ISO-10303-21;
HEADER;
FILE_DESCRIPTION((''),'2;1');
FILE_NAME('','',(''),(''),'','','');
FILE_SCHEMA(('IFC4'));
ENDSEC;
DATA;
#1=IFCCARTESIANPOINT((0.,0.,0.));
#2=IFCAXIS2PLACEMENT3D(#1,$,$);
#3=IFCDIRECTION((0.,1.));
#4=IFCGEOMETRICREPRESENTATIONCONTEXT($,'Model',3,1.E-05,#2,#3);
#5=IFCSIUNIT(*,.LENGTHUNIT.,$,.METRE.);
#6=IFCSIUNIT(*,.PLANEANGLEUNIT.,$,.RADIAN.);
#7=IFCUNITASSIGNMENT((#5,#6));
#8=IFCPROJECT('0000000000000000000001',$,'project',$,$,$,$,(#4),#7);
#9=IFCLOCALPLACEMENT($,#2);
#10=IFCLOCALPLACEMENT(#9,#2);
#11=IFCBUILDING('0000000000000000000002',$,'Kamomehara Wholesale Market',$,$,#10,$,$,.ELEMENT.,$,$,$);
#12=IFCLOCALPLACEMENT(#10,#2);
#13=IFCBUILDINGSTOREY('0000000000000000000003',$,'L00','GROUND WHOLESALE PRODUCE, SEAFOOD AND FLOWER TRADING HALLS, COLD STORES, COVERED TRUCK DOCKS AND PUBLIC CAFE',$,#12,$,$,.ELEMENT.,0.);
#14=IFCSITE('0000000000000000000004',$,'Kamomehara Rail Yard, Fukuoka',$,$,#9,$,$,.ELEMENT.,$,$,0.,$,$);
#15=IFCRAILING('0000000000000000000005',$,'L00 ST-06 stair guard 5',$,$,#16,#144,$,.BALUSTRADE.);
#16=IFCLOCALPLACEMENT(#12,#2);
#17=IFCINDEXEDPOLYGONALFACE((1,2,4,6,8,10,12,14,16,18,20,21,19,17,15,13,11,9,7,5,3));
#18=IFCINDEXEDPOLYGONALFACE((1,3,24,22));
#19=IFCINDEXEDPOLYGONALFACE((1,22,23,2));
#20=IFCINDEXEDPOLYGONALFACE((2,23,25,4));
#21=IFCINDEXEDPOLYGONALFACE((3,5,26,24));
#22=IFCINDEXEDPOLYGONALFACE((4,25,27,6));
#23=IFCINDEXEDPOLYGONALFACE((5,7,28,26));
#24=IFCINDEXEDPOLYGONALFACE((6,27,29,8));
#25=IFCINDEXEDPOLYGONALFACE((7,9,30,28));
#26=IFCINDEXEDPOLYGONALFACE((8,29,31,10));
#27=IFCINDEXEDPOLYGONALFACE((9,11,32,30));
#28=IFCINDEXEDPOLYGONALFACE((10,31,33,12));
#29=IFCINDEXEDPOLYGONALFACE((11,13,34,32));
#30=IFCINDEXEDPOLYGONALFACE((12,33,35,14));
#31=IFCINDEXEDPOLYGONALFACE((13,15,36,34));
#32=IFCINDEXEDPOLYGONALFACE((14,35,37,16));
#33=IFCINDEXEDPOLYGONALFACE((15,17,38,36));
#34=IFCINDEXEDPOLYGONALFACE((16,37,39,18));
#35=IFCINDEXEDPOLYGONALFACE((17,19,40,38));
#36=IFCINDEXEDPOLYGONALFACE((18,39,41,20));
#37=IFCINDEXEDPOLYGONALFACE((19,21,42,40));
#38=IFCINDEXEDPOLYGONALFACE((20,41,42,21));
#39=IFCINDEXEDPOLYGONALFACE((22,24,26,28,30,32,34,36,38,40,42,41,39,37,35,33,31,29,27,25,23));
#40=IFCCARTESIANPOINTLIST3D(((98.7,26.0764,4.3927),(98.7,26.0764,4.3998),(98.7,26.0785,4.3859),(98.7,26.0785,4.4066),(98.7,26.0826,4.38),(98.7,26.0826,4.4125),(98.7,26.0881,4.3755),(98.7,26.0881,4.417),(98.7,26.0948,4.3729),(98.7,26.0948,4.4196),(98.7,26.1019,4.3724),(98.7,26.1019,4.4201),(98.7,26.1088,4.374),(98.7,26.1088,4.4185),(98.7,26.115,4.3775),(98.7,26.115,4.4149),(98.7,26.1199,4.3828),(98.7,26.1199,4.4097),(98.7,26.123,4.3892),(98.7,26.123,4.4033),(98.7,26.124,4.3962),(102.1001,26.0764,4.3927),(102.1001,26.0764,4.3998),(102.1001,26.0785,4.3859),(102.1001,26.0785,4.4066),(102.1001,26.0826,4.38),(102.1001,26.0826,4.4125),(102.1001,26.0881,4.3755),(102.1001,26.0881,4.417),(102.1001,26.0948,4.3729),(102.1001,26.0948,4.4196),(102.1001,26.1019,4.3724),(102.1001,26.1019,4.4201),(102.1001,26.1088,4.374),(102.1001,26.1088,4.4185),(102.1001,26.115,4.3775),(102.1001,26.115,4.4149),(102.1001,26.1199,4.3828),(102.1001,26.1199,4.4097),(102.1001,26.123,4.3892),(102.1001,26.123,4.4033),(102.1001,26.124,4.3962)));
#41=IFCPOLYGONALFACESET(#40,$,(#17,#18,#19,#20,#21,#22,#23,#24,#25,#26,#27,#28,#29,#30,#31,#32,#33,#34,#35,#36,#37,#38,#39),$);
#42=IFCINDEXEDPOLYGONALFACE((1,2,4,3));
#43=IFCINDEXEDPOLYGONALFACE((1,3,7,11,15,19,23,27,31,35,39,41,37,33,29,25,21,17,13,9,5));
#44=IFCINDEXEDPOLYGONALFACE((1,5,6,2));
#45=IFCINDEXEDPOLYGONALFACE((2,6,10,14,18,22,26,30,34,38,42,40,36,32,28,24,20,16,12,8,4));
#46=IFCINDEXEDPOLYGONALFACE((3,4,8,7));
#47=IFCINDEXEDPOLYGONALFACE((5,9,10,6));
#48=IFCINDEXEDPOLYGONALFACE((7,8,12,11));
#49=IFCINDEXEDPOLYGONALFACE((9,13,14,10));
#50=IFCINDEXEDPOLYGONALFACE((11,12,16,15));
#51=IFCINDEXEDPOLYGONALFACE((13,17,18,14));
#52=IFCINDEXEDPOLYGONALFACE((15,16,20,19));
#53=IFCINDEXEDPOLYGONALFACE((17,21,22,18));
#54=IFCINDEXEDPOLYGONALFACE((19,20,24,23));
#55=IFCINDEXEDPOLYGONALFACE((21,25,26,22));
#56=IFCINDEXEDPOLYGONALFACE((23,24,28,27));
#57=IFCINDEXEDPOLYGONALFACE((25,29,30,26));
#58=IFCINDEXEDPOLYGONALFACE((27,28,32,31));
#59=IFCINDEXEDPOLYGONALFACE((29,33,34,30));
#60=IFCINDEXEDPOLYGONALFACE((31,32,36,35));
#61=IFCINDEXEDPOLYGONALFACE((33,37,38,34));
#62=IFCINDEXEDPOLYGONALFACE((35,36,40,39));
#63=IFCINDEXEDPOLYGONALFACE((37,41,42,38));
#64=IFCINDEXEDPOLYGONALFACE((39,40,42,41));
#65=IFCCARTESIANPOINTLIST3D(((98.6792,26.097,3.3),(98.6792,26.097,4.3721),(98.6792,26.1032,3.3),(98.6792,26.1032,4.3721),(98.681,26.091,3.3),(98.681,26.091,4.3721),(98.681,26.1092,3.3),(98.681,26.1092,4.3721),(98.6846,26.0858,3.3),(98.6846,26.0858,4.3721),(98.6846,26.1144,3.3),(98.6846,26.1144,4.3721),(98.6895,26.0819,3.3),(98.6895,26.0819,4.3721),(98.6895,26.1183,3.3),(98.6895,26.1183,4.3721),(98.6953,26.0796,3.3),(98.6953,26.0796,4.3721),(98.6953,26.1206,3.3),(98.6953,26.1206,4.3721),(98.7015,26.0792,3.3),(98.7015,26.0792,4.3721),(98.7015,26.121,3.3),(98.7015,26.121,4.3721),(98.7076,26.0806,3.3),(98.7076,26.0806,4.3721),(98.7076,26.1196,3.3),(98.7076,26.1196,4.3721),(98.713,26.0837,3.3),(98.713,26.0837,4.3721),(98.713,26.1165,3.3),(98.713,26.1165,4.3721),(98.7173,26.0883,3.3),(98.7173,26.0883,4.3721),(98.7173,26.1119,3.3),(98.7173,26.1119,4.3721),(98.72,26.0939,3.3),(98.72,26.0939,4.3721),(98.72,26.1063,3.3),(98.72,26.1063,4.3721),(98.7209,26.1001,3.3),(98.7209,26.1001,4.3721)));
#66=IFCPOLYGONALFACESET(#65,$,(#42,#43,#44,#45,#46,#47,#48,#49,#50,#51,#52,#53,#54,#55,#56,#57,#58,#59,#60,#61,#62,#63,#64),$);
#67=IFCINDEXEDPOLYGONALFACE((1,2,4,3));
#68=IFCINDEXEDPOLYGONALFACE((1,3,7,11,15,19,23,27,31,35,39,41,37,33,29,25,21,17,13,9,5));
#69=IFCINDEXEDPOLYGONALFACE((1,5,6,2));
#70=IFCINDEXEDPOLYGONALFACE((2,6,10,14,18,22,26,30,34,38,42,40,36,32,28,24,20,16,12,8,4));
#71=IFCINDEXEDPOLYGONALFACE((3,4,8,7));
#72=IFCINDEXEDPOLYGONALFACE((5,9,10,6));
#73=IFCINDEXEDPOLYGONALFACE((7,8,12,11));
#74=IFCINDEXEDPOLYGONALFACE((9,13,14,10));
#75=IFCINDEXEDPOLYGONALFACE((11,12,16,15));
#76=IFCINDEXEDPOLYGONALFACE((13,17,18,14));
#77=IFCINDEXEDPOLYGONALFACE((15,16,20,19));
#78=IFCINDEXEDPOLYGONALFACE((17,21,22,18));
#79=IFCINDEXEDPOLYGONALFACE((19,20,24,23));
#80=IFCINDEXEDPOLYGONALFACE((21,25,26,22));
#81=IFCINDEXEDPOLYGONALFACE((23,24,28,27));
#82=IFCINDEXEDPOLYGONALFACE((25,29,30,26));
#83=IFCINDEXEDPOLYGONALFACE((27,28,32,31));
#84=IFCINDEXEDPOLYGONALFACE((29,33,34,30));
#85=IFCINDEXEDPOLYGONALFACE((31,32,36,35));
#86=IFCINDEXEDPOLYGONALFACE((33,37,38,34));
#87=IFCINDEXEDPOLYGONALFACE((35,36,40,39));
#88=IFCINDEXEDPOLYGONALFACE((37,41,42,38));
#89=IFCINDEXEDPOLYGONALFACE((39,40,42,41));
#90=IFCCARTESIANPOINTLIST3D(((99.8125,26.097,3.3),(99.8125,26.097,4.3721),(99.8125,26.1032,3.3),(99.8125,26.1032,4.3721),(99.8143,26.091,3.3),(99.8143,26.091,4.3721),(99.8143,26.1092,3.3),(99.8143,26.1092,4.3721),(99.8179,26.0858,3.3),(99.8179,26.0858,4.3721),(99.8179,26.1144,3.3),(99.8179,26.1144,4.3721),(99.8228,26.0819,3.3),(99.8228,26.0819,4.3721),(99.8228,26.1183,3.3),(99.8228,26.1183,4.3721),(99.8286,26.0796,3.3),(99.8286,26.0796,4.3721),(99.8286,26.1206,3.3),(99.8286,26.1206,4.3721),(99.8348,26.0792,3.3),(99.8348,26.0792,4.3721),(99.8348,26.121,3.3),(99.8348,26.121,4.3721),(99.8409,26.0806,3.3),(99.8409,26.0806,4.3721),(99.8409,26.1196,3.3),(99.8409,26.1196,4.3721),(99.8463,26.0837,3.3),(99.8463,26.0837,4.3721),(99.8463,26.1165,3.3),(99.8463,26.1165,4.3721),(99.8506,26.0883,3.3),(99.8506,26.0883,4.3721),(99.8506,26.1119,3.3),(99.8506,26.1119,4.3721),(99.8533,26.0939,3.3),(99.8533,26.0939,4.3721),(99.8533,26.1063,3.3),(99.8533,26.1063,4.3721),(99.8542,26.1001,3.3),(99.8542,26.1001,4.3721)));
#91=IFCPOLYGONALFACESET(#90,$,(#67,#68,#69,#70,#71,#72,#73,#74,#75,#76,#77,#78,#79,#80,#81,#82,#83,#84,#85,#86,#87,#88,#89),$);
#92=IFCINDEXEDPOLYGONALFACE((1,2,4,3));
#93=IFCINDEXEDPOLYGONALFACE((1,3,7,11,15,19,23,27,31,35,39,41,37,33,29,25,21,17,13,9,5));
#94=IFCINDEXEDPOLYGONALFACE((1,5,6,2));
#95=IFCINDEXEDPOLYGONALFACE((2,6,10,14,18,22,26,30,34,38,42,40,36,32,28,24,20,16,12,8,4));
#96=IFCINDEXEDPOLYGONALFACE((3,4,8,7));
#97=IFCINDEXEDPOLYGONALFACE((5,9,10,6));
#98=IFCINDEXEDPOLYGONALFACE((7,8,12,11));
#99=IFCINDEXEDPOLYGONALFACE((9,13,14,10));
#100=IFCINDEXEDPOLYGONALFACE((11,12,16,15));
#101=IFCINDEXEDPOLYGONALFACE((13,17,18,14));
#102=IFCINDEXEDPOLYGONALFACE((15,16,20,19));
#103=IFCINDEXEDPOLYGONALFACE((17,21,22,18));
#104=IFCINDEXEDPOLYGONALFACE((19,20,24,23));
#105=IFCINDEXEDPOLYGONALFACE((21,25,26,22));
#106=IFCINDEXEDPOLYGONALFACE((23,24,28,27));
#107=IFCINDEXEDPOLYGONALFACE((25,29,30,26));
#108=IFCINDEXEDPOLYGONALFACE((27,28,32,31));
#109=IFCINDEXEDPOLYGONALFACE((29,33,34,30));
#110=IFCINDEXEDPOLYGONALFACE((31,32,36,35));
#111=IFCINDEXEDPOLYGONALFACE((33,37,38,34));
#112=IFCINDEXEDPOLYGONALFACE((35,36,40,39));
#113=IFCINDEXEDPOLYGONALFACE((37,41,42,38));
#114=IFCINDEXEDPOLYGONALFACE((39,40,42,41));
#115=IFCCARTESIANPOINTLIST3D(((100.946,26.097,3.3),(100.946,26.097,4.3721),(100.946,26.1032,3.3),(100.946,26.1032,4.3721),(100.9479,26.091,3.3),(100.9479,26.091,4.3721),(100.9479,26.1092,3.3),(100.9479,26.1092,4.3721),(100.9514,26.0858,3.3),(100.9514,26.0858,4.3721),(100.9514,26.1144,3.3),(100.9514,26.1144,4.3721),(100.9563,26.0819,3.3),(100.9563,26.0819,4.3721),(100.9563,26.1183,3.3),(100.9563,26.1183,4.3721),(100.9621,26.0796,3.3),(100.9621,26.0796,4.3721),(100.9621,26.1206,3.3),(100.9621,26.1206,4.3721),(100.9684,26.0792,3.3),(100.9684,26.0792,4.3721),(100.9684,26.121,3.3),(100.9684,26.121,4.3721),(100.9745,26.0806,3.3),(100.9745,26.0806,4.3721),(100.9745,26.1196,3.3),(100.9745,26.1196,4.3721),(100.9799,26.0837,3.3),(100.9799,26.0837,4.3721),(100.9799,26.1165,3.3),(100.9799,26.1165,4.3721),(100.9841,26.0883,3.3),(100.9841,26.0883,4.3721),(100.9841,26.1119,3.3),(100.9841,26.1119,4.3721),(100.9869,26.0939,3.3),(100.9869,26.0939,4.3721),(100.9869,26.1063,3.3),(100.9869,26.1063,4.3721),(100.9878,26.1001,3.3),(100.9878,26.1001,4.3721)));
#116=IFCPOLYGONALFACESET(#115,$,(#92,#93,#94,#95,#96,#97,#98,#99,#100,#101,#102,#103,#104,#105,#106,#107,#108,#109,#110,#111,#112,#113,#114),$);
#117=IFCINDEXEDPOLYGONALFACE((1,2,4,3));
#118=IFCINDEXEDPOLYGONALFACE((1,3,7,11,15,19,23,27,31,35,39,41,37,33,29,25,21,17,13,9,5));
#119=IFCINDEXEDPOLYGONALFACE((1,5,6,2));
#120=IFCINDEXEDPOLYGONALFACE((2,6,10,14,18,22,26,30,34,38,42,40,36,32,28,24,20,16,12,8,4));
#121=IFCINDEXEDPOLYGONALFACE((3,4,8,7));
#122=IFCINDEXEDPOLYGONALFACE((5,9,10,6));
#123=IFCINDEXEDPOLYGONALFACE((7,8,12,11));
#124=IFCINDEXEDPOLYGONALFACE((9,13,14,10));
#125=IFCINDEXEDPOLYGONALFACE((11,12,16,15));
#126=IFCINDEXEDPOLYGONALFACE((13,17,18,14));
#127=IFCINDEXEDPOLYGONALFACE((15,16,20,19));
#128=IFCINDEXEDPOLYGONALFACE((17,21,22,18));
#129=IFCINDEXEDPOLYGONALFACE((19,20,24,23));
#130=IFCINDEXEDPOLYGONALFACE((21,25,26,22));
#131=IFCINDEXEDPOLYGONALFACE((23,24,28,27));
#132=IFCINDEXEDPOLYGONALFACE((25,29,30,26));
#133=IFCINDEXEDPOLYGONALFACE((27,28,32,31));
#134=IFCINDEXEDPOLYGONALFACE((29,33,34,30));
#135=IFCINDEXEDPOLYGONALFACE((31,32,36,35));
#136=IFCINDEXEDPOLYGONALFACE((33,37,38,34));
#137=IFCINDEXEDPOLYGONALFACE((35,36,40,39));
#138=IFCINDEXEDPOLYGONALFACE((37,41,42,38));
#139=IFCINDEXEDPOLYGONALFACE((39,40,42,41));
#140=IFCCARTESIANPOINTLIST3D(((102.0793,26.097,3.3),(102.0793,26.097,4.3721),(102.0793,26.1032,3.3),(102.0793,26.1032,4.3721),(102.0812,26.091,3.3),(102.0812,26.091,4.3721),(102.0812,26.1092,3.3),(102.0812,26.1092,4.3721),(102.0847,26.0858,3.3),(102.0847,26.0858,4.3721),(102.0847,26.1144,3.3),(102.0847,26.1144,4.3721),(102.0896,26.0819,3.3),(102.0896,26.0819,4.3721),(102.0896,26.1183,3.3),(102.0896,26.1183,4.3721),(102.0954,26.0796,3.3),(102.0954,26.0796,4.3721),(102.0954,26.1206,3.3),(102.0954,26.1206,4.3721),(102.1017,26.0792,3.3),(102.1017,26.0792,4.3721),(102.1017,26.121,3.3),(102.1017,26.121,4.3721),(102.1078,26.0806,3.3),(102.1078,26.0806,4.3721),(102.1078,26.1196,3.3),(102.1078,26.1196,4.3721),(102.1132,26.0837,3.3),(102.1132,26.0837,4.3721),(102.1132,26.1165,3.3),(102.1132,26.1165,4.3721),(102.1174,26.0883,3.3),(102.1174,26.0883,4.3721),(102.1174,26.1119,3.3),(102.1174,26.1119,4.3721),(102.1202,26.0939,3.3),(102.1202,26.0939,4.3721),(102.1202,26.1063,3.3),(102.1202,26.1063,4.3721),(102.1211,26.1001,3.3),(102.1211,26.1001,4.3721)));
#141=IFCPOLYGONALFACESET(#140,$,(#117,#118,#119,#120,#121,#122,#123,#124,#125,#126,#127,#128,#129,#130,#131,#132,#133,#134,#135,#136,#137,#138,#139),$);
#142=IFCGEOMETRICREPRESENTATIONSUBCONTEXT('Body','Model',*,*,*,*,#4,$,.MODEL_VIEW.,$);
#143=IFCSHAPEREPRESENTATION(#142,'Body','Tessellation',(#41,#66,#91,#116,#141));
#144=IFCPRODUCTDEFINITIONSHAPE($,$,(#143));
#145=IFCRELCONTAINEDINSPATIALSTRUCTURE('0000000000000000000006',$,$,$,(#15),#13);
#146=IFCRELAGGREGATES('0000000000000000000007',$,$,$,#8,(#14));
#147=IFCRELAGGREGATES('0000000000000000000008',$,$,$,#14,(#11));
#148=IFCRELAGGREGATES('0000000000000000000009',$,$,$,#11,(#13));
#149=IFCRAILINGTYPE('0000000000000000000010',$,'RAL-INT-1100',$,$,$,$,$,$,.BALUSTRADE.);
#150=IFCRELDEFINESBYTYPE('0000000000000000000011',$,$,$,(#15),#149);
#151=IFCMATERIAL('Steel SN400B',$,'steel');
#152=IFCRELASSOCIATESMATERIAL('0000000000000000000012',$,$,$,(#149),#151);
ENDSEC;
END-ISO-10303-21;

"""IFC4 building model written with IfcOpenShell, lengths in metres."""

from ifc_helpers import new_model, si_unit, direction, frame, origin, origin_2d, place, context, subcontext, project, spatial, circle, extrude, material, type_object, element, save


model = new_model("IFC4")

# Units and contexts
model_context = context("Model", 3, precision=1e-05, world=origin(), true_north=direction((0.0, 1.0)))
body_context = subcontext(model_context, "Body", "Model", "MODEL_VIEW")
ifc_project = project(units=[si_unit("LENGTHUNIT", "METRE"), si_unit("PLANEANGLEUNIT", "RADIAN")], contexts=[model_context])

# Site, building, storey
site_placement = place(None, origin())
site = spatial("IfcSite", under=ifc_project, at=site_placement, Name="Kamomehara Rail Yard, Fukuoka", CompositionType="ELEMENT", RefElevation=0.0)
building_placement = place(site_placement, origin())
building = spatial("IfcBuilding", under=site, at=building_placement, Name="Kamomehara Wholesale Market", CompositionType="ELEMENT")
storey_placement = place(building_placement, origin())
storey = spatial("IfcBuildingStorey", under=building, at=storey_placement, Name="L00", Description="GROUND WHOLESALE PRODUCE, SEAFOOD AND FLOWER TRADING HALLS, COLD STORES, COVERED TRUCK DOCKS AND PUBLIC CAFE", CompositionType="ELEMENT", Elevation=0.0)

# Railing
ifc_material_1 = material(Name="Steel SN400B", Category="steel")
railing_type_1 = type_object("IfcRailingType", Name="RAL-INT-1100", PredefinedType="BALUSTRADE", material=ifc_material_1)
railing_1_placement = place(storey_placement, frame((98.7, 26.1001, 3.3)))
element("IfcRailing", 1, at=railing_1_placement, inside=storey, type_object=railing_type_1, Name="L00 ST-06 stair guard 5", PredefinedType="BALUSTRADE", context=body_context, shape_type="SweptSolid", body=[
    extrude(circle(Radius=0.0239, at=origin_2d()), frame((0.0, 0.0, 1.0962), z_axis=(1.0, 0.0, 0.0), x_axis=(0.0, 1.0, 0.0)), (0.0, 0.0, 1.0), 3.4001),
    extrude(circle(Radius=0.021, at=origin_2d()), origin(), (0.0, 0.0, 1.0), 1.072),
    extrude(circle(Radius=0.021, at=origin_2d()), frame((1.1333, 0.0, 0.0)), (0.0, 0.0, 1.0), 1.072),
    extrude(circle(Radius=0.021, at=origin_2d()), frame((2.2668, 0.0, 0.0)), (0.0, 0.0, 1.0), 1.072),
    extrude(circle(Radius=0.021, at=origin_2d()), frame((3.4001, 0.0, 0.0)), (0.0, 0.0, 1.0), 1.072),
])

save(model, "model.ifc")
